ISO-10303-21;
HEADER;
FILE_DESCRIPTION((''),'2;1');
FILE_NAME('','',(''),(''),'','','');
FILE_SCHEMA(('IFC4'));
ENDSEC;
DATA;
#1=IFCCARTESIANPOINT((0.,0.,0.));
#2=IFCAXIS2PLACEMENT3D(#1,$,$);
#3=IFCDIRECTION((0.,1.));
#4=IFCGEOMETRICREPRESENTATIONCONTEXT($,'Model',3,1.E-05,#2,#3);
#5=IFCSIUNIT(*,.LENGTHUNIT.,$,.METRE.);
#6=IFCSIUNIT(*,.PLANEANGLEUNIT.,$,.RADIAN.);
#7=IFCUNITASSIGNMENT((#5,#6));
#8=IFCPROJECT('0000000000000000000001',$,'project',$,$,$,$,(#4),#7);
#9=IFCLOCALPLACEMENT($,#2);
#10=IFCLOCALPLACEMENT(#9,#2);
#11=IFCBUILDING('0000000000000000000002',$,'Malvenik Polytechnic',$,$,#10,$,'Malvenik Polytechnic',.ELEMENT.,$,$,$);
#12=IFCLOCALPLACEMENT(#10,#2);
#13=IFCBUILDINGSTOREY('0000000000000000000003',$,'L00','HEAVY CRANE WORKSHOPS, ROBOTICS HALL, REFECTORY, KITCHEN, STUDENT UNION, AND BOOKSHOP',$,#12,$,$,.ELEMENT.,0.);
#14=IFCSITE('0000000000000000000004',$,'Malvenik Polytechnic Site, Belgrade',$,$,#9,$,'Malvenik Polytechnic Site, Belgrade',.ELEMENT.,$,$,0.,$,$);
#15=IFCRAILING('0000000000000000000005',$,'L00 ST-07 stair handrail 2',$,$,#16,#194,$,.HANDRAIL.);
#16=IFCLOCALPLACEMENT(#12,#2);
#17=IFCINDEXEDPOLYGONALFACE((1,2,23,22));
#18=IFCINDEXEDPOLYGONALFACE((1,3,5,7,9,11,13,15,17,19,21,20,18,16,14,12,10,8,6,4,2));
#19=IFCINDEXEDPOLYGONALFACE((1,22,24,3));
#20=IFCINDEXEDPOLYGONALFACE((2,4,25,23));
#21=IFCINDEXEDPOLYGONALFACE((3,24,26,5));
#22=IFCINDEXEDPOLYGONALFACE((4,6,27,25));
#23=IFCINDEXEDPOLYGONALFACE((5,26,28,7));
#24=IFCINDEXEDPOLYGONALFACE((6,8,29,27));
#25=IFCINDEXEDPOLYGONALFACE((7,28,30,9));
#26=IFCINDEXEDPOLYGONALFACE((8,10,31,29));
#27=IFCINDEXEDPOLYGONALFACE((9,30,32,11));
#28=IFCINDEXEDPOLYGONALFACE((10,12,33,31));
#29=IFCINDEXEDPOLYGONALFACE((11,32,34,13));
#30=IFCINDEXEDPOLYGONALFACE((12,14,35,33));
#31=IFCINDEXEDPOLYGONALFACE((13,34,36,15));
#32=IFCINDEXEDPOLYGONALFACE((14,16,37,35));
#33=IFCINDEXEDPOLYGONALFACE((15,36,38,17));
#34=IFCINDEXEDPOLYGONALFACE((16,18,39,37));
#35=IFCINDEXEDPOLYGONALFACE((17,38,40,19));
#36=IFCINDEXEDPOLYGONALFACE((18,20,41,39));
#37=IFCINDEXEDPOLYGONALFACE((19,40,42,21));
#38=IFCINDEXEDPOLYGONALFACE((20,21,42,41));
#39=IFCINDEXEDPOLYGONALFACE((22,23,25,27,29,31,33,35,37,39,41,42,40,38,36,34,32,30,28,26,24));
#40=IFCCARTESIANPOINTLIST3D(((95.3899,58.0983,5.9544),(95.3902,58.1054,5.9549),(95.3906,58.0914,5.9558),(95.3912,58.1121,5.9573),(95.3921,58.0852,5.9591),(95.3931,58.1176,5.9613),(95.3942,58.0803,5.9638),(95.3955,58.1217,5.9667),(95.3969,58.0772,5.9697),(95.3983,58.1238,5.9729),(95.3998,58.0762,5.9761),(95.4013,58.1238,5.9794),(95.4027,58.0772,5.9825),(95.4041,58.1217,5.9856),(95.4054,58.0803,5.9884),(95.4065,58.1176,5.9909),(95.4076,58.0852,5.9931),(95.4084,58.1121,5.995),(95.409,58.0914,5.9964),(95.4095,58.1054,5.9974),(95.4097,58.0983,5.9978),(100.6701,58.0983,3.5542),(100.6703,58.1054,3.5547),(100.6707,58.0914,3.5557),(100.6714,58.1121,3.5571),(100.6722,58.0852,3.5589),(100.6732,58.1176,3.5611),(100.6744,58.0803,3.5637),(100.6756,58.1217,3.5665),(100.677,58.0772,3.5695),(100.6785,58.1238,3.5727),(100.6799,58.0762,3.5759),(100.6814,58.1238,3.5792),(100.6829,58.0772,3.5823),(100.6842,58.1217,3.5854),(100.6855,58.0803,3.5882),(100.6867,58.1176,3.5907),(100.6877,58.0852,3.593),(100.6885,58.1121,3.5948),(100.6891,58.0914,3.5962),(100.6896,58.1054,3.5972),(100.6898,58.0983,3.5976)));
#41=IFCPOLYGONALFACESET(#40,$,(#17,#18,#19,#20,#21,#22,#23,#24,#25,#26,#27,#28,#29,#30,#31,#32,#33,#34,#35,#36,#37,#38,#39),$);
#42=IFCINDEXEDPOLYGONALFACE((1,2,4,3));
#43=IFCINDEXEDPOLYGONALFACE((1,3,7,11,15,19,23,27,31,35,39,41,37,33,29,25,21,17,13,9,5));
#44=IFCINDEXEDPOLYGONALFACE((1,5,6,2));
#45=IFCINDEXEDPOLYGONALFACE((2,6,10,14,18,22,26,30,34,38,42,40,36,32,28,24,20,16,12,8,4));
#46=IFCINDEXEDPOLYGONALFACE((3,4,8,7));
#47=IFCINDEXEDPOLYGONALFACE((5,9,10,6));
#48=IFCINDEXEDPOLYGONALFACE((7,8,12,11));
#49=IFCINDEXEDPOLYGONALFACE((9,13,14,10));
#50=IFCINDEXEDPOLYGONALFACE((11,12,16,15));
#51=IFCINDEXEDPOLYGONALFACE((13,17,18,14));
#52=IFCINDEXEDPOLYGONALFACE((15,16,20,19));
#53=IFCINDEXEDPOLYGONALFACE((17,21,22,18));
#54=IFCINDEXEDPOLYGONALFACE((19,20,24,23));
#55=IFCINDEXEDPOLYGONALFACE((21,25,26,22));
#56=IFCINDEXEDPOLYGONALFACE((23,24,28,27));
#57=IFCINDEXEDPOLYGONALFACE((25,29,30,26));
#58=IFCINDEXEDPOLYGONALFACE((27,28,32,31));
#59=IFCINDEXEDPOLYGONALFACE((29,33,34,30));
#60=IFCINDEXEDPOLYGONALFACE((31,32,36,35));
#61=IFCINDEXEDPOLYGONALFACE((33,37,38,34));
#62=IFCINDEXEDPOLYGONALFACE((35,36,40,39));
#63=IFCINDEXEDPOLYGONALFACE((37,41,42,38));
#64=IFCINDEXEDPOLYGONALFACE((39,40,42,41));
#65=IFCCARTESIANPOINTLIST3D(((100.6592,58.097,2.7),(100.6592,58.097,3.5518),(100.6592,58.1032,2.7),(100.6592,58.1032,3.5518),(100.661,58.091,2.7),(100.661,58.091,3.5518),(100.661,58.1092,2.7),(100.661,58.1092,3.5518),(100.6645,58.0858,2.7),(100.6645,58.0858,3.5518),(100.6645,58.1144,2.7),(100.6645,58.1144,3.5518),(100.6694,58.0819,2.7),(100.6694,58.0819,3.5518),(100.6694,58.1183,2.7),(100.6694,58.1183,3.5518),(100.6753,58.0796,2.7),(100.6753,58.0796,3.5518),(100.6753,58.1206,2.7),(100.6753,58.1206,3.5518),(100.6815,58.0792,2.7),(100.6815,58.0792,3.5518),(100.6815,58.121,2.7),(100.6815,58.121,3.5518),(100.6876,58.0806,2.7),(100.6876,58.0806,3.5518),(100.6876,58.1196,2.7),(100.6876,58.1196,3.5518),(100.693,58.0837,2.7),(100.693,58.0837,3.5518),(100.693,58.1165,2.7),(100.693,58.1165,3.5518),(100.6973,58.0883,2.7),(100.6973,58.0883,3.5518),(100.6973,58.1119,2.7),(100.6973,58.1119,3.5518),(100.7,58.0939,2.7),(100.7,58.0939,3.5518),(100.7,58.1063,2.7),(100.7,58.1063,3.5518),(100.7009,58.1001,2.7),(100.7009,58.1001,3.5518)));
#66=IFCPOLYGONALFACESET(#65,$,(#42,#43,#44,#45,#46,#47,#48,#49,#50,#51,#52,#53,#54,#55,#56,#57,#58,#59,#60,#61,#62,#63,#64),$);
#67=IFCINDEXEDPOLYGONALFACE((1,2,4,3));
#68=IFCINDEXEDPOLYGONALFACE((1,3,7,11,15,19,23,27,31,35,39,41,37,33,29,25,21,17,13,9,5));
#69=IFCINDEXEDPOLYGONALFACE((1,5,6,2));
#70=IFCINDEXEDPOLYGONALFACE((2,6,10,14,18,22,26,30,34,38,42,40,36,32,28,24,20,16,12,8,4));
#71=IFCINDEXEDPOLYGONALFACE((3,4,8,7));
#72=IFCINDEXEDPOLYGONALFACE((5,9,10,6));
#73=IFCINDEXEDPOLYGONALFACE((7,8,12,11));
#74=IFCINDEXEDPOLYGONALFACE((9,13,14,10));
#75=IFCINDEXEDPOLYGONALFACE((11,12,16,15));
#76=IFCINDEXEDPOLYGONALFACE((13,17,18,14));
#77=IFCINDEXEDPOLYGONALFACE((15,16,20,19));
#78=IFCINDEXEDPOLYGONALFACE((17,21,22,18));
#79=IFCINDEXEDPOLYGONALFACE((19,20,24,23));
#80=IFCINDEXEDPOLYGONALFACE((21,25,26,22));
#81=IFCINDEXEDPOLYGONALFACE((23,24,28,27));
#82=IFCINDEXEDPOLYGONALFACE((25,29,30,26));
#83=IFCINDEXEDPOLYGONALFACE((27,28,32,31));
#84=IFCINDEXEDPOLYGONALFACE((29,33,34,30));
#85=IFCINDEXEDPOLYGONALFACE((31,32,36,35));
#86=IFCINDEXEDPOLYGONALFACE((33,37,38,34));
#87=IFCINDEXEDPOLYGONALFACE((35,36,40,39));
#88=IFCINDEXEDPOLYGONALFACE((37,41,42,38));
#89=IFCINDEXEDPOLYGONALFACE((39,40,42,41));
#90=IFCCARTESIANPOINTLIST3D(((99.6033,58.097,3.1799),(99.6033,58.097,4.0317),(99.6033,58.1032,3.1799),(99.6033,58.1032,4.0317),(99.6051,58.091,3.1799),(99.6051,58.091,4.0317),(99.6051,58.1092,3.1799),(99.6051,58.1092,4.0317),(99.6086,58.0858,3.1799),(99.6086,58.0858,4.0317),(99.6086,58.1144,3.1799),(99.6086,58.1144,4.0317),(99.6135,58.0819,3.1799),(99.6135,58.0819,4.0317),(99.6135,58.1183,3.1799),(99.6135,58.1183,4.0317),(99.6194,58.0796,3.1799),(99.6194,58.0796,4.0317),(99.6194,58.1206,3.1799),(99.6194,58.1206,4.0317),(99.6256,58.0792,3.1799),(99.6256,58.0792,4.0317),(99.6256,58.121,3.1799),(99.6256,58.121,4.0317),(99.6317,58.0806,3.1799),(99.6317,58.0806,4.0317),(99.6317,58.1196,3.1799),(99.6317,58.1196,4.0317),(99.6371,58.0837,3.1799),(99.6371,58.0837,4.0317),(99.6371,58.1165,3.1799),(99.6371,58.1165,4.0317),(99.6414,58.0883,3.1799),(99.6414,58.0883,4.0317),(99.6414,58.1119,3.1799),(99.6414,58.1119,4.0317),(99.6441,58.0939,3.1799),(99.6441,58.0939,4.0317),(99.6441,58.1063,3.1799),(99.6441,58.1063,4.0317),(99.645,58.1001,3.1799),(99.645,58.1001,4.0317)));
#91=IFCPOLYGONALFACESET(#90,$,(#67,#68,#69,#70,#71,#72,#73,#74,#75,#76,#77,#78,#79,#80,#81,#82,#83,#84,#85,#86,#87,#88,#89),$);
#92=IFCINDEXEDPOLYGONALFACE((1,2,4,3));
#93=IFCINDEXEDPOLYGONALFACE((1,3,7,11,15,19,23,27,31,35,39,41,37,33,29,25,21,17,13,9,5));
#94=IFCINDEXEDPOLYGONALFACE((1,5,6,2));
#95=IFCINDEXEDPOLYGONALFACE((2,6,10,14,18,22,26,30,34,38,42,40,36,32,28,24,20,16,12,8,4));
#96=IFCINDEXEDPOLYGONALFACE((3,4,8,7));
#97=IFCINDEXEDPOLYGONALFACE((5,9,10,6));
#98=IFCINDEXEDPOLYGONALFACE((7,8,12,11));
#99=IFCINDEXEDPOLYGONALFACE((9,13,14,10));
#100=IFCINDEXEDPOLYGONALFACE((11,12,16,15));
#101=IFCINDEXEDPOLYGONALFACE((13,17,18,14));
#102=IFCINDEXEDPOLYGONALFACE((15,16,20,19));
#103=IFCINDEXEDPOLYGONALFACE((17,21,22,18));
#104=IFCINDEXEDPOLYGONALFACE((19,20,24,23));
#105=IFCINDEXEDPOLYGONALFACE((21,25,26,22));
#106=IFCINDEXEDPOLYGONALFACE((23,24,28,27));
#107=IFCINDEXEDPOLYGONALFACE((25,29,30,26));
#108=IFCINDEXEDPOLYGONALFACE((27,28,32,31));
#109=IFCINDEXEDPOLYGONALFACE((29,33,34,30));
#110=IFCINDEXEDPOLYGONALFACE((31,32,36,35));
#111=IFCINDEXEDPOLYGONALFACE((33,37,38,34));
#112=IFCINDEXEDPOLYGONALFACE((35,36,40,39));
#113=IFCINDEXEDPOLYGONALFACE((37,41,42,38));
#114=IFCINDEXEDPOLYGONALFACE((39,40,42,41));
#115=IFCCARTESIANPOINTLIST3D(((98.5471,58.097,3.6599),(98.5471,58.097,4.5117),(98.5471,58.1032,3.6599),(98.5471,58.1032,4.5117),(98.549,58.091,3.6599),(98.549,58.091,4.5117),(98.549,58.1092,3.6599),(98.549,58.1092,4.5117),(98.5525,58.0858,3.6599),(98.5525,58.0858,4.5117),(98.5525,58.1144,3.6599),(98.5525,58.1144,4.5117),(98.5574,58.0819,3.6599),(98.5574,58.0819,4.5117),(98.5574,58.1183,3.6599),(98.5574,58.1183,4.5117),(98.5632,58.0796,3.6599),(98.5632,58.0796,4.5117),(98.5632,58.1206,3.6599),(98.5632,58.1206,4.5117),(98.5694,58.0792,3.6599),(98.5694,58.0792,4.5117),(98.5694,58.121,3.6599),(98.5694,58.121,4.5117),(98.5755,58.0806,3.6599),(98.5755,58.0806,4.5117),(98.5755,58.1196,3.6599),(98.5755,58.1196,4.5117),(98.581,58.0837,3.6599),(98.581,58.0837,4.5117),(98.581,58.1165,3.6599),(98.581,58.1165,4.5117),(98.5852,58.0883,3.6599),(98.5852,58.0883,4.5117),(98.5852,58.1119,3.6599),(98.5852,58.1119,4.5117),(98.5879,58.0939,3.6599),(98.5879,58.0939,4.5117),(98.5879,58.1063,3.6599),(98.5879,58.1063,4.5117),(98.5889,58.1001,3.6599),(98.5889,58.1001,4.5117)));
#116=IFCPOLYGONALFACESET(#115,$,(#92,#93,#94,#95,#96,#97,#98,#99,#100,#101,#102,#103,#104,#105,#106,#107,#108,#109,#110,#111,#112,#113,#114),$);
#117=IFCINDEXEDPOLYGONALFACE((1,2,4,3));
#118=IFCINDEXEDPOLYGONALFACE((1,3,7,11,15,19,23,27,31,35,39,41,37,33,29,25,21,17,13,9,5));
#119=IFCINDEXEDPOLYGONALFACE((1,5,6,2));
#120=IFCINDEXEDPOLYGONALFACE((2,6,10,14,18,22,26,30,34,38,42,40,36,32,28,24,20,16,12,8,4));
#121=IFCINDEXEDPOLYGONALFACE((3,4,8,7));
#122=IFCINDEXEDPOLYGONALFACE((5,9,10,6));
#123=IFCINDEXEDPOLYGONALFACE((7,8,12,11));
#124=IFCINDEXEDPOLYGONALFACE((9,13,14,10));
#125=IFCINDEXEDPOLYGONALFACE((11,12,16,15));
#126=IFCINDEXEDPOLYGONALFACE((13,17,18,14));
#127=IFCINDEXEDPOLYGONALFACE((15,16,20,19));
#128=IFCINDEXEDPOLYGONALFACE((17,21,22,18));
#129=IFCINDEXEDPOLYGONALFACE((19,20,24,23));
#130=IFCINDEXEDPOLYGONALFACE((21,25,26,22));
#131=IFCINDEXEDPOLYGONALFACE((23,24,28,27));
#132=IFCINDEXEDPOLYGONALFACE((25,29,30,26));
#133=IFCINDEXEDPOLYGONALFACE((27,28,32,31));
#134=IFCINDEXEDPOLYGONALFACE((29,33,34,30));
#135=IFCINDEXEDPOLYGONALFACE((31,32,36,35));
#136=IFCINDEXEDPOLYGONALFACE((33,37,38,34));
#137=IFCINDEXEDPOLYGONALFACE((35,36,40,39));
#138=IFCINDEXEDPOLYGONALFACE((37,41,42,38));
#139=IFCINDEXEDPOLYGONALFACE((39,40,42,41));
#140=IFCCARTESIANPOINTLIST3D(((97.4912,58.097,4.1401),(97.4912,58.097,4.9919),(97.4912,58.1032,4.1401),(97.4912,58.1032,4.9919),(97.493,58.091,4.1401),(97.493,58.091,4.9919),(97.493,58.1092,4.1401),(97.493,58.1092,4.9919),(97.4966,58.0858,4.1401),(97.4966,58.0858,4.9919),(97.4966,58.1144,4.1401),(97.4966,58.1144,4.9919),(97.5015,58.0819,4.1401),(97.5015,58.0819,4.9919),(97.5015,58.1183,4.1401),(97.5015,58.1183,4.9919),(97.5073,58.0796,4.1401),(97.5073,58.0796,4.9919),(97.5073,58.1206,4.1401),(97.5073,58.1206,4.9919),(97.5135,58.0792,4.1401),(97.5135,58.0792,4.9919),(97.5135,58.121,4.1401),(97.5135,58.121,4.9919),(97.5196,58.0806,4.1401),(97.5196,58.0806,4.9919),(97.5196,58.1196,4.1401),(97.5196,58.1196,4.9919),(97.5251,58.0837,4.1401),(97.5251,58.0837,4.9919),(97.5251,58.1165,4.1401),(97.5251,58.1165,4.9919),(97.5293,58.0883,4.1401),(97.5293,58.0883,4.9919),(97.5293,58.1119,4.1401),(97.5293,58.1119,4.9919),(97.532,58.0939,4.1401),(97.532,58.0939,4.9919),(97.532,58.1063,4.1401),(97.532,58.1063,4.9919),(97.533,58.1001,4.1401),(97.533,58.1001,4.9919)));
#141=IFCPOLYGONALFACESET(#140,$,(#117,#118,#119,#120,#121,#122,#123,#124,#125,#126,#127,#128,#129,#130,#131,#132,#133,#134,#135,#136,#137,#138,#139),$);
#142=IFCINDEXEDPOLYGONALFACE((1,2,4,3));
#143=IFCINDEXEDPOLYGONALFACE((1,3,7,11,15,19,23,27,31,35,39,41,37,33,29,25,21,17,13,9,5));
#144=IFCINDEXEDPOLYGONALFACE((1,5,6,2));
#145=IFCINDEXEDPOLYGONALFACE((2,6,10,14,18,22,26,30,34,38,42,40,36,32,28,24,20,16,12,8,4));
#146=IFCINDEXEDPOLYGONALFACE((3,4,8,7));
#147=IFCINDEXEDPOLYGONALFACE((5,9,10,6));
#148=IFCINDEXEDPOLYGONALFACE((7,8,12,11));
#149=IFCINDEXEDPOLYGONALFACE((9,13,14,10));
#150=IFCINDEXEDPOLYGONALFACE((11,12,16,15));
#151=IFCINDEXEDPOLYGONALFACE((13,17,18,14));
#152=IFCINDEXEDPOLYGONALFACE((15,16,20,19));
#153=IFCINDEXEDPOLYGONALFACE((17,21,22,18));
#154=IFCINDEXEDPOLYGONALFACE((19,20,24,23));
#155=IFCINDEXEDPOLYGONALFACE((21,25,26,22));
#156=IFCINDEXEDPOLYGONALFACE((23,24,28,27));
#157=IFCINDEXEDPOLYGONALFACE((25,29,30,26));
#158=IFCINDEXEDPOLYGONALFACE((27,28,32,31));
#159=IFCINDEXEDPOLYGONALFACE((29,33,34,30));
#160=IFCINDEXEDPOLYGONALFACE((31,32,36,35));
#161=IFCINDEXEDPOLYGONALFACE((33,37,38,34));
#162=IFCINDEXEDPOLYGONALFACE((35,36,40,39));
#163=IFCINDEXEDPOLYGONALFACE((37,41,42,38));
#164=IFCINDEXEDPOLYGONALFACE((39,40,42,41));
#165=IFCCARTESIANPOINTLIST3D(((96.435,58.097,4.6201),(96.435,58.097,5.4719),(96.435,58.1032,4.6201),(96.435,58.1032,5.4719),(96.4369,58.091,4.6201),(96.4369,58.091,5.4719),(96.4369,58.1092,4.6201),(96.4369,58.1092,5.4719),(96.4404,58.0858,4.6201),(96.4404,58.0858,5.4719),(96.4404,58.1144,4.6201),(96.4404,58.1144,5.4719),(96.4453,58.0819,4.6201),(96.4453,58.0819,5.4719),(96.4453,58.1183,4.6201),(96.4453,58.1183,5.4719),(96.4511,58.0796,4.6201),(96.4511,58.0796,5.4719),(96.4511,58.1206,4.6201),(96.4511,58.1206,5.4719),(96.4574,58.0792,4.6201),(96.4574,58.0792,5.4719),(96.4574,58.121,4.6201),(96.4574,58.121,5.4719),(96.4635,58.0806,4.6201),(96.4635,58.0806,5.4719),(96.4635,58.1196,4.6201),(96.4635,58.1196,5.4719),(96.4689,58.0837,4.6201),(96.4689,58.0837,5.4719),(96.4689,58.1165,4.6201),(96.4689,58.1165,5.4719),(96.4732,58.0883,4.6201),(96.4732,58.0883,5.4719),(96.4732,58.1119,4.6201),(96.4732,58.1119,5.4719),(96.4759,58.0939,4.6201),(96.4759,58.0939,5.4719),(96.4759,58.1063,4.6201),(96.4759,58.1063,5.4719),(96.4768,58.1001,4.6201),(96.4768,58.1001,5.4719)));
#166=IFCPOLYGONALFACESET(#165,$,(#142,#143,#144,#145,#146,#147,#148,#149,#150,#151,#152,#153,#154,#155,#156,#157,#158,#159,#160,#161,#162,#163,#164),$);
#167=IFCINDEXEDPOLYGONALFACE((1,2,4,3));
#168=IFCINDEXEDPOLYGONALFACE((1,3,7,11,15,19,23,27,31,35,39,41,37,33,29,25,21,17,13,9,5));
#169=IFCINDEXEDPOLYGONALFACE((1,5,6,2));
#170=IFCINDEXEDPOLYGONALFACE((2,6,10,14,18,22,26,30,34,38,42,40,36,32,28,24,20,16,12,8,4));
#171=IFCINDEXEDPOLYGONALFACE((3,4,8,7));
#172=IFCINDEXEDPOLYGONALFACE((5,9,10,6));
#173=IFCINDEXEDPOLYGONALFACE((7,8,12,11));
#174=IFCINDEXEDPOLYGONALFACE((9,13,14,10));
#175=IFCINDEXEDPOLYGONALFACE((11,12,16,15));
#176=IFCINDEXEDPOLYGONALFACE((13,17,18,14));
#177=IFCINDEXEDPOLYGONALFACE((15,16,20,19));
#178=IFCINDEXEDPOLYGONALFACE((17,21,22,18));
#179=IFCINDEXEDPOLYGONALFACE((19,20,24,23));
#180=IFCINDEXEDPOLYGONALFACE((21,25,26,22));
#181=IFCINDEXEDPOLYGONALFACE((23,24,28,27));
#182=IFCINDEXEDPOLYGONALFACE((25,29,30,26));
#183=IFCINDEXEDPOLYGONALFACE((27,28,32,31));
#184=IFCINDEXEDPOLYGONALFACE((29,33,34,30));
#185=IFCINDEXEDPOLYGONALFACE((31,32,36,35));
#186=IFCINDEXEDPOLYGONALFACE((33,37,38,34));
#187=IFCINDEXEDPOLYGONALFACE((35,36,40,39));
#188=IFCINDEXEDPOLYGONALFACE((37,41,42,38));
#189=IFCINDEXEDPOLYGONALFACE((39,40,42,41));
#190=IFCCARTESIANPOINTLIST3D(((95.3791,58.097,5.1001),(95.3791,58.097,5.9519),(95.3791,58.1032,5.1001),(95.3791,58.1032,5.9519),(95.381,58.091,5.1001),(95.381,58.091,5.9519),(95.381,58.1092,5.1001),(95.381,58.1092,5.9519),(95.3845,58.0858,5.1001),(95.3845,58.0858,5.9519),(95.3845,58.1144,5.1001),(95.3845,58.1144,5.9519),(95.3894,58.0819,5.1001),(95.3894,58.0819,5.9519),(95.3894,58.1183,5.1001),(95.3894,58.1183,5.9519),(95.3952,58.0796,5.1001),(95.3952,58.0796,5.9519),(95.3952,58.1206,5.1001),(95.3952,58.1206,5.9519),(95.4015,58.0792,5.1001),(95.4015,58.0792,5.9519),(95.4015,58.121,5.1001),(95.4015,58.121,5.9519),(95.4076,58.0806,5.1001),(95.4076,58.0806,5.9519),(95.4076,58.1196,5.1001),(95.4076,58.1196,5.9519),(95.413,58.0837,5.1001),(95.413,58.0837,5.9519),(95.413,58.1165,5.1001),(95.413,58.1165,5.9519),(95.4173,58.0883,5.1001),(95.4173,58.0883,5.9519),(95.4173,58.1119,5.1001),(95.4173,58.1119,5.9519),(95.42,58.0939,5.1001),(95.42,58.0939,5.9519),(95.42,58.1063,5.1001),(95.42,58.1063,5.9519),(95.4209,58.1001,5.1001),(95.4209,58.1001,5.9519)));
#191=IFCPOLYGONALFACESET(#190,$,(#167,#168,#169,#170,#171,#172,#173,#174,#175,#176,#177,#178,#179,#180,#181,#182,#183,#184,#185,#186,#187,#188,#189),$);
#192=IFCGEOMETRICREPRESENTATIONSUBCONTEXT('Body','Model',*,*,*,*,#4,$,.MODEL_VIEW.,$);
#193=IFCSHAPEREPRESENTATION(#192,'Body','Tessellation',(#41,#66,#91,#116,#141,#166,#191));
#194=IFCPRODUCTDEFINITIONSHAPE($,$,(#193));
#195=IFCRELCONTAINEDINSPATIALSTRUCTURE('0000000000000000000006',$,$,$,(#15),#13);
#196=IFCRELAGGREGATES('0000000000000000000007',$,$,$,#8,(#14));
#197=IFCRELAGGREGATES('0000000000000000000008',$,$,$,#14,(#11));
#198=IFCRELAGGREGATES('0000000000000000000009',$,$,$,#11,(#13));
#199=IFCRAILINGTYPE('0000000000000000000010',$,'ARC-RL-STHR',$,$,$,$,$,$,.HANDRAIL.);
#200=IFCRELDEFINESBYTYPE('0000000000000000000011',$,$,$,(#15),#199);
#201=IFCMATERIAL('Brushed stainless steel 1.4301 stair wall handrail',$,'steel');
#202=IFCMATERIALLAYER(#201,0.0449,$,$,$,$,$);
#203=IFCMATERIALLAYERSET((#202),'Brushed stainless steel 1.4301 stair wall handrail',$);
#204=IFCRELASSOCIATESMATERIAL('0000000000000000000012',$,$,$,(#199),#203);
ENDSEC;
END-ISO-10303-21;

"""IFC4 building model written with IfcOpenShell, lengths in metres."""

from ifc_helpers import new_model, si_unit, direction, frame, origin, origin_2d, place, context, subcontext, project, spatial, circle, extrude, material, layer, layer_set, type_object, element, save


model = new_model("IFC4")

# Units and contexts
model_context = context("Model", 3, precision=1e-05, world=origin(), true_north=direction((0.0, 1.0)))
body_context = subcontext(model_context, "Body", "Model", "MODEL_VIEW")
ifc_project = project(units=[si_unit("LENGTHUNIT", "METRE"), si_unit("PLANEANGLEUNIT", "RADIAN")], contexts=[model_context])

# Site, building, storey
site_placement = place(None, origin())
site = spatial("IfcSite", under=ifc_project, at=site_placement, Name="Malvenik Polytechnic Site, Belgrade", LongName="Malvenik Polytechnic Site, Belgrade", CompositionType="ELEMENT", RefElevation=0.0)
building_placement = place(site_placement, origin())
building = spatial("IfcBuilding", under=site, at=building_placement, Name="Malvenik Polytechnic", LongName="Malvenik Polytechnic", CompositionType="ELEMENT")
storey_placement = place(building_placement, origin())
storey = spatial("IfcBuildingStorey", under=building, at=storey_placement, Name="L00", Description="HEAVY CRANE WORKSHOPS, ROBOTICS HALL, REFECTORY, KITCHEN, STUDENT UNION, AND BOOKSHOP", CompositionType="ELEMENT", Elevation=0.0)

# Railing
ifc_material_1 = material(Name="Brushed stainless steel 1.4301 stair wall handrail", Category="steel")
ifc_layer_1 = layer(ifc_material_1, 0.0449)
ifc_layer_set_1 = layer_set([ifc_layer_1], Name="Brushed stainless steel 1.4301 stair wall handrail")
railing_type_1 = type_object("IfcRailingType", Name="ARC-RL-STHR", PredefinedType="HANDRAIL", material=ifc_layer_set_1)
railing_1_placement = place(storey_placement, frame((100.6799, 58.1001, 2.7)))
element("IfcRailing", 1, at=railing_1_placement, inside=storey, type_object=railing_type_1, Name="L00 ST-07 stair handrail 2", PredefinedType="HANDRAIL", context=body_context, shape_type="SweptSolid", body=[
    extrude(circle(Radius=0.0239, at=origin_2d()), frame((0.0, 0.0, 0.876), z_axis=(-0.910358, 0.0, 0.413822), x_axis=(0.0, -1.0, 0.0)), (0.0, 0.0, 1.0), 5.8),
    extrude(circle(Radius=0.021, at=origin_2d()), origin(), (0.0, 0.0, 1.0), 0.8518),
    extrude(circle(Radius=0.021, at=origin_2d()), frame((-1.0559, 0.0, 0.48)), (0.0, 0.0, 1.0), 0.8518),
    extrude(circle(Radius=0.021, at=origin_2d()), frame((-2.1121, 0.0, 0.96)), (0.0, 0.0, 1.0), 0.8518),
    extrude(circle(Radius=0.021, at=origin_2d()), frame((-3.168, 0.0, 1.4402)), (0.0, 0.0, 1.0), 0.8518),
    extrude(circle(Radius=0.021, at=origin_2d()), frame((-4.2241, 0.0, 1.9202)), (0.0, 0.0, 1.0), 0.8518),
    extrude(circle(Radius=0.021, at=origin_2d()), frame((-5.28, 0.0, 2.4001)), (0.0, 0.0, 1.0), 0.8518),
])

save(model, "model.ifc")
